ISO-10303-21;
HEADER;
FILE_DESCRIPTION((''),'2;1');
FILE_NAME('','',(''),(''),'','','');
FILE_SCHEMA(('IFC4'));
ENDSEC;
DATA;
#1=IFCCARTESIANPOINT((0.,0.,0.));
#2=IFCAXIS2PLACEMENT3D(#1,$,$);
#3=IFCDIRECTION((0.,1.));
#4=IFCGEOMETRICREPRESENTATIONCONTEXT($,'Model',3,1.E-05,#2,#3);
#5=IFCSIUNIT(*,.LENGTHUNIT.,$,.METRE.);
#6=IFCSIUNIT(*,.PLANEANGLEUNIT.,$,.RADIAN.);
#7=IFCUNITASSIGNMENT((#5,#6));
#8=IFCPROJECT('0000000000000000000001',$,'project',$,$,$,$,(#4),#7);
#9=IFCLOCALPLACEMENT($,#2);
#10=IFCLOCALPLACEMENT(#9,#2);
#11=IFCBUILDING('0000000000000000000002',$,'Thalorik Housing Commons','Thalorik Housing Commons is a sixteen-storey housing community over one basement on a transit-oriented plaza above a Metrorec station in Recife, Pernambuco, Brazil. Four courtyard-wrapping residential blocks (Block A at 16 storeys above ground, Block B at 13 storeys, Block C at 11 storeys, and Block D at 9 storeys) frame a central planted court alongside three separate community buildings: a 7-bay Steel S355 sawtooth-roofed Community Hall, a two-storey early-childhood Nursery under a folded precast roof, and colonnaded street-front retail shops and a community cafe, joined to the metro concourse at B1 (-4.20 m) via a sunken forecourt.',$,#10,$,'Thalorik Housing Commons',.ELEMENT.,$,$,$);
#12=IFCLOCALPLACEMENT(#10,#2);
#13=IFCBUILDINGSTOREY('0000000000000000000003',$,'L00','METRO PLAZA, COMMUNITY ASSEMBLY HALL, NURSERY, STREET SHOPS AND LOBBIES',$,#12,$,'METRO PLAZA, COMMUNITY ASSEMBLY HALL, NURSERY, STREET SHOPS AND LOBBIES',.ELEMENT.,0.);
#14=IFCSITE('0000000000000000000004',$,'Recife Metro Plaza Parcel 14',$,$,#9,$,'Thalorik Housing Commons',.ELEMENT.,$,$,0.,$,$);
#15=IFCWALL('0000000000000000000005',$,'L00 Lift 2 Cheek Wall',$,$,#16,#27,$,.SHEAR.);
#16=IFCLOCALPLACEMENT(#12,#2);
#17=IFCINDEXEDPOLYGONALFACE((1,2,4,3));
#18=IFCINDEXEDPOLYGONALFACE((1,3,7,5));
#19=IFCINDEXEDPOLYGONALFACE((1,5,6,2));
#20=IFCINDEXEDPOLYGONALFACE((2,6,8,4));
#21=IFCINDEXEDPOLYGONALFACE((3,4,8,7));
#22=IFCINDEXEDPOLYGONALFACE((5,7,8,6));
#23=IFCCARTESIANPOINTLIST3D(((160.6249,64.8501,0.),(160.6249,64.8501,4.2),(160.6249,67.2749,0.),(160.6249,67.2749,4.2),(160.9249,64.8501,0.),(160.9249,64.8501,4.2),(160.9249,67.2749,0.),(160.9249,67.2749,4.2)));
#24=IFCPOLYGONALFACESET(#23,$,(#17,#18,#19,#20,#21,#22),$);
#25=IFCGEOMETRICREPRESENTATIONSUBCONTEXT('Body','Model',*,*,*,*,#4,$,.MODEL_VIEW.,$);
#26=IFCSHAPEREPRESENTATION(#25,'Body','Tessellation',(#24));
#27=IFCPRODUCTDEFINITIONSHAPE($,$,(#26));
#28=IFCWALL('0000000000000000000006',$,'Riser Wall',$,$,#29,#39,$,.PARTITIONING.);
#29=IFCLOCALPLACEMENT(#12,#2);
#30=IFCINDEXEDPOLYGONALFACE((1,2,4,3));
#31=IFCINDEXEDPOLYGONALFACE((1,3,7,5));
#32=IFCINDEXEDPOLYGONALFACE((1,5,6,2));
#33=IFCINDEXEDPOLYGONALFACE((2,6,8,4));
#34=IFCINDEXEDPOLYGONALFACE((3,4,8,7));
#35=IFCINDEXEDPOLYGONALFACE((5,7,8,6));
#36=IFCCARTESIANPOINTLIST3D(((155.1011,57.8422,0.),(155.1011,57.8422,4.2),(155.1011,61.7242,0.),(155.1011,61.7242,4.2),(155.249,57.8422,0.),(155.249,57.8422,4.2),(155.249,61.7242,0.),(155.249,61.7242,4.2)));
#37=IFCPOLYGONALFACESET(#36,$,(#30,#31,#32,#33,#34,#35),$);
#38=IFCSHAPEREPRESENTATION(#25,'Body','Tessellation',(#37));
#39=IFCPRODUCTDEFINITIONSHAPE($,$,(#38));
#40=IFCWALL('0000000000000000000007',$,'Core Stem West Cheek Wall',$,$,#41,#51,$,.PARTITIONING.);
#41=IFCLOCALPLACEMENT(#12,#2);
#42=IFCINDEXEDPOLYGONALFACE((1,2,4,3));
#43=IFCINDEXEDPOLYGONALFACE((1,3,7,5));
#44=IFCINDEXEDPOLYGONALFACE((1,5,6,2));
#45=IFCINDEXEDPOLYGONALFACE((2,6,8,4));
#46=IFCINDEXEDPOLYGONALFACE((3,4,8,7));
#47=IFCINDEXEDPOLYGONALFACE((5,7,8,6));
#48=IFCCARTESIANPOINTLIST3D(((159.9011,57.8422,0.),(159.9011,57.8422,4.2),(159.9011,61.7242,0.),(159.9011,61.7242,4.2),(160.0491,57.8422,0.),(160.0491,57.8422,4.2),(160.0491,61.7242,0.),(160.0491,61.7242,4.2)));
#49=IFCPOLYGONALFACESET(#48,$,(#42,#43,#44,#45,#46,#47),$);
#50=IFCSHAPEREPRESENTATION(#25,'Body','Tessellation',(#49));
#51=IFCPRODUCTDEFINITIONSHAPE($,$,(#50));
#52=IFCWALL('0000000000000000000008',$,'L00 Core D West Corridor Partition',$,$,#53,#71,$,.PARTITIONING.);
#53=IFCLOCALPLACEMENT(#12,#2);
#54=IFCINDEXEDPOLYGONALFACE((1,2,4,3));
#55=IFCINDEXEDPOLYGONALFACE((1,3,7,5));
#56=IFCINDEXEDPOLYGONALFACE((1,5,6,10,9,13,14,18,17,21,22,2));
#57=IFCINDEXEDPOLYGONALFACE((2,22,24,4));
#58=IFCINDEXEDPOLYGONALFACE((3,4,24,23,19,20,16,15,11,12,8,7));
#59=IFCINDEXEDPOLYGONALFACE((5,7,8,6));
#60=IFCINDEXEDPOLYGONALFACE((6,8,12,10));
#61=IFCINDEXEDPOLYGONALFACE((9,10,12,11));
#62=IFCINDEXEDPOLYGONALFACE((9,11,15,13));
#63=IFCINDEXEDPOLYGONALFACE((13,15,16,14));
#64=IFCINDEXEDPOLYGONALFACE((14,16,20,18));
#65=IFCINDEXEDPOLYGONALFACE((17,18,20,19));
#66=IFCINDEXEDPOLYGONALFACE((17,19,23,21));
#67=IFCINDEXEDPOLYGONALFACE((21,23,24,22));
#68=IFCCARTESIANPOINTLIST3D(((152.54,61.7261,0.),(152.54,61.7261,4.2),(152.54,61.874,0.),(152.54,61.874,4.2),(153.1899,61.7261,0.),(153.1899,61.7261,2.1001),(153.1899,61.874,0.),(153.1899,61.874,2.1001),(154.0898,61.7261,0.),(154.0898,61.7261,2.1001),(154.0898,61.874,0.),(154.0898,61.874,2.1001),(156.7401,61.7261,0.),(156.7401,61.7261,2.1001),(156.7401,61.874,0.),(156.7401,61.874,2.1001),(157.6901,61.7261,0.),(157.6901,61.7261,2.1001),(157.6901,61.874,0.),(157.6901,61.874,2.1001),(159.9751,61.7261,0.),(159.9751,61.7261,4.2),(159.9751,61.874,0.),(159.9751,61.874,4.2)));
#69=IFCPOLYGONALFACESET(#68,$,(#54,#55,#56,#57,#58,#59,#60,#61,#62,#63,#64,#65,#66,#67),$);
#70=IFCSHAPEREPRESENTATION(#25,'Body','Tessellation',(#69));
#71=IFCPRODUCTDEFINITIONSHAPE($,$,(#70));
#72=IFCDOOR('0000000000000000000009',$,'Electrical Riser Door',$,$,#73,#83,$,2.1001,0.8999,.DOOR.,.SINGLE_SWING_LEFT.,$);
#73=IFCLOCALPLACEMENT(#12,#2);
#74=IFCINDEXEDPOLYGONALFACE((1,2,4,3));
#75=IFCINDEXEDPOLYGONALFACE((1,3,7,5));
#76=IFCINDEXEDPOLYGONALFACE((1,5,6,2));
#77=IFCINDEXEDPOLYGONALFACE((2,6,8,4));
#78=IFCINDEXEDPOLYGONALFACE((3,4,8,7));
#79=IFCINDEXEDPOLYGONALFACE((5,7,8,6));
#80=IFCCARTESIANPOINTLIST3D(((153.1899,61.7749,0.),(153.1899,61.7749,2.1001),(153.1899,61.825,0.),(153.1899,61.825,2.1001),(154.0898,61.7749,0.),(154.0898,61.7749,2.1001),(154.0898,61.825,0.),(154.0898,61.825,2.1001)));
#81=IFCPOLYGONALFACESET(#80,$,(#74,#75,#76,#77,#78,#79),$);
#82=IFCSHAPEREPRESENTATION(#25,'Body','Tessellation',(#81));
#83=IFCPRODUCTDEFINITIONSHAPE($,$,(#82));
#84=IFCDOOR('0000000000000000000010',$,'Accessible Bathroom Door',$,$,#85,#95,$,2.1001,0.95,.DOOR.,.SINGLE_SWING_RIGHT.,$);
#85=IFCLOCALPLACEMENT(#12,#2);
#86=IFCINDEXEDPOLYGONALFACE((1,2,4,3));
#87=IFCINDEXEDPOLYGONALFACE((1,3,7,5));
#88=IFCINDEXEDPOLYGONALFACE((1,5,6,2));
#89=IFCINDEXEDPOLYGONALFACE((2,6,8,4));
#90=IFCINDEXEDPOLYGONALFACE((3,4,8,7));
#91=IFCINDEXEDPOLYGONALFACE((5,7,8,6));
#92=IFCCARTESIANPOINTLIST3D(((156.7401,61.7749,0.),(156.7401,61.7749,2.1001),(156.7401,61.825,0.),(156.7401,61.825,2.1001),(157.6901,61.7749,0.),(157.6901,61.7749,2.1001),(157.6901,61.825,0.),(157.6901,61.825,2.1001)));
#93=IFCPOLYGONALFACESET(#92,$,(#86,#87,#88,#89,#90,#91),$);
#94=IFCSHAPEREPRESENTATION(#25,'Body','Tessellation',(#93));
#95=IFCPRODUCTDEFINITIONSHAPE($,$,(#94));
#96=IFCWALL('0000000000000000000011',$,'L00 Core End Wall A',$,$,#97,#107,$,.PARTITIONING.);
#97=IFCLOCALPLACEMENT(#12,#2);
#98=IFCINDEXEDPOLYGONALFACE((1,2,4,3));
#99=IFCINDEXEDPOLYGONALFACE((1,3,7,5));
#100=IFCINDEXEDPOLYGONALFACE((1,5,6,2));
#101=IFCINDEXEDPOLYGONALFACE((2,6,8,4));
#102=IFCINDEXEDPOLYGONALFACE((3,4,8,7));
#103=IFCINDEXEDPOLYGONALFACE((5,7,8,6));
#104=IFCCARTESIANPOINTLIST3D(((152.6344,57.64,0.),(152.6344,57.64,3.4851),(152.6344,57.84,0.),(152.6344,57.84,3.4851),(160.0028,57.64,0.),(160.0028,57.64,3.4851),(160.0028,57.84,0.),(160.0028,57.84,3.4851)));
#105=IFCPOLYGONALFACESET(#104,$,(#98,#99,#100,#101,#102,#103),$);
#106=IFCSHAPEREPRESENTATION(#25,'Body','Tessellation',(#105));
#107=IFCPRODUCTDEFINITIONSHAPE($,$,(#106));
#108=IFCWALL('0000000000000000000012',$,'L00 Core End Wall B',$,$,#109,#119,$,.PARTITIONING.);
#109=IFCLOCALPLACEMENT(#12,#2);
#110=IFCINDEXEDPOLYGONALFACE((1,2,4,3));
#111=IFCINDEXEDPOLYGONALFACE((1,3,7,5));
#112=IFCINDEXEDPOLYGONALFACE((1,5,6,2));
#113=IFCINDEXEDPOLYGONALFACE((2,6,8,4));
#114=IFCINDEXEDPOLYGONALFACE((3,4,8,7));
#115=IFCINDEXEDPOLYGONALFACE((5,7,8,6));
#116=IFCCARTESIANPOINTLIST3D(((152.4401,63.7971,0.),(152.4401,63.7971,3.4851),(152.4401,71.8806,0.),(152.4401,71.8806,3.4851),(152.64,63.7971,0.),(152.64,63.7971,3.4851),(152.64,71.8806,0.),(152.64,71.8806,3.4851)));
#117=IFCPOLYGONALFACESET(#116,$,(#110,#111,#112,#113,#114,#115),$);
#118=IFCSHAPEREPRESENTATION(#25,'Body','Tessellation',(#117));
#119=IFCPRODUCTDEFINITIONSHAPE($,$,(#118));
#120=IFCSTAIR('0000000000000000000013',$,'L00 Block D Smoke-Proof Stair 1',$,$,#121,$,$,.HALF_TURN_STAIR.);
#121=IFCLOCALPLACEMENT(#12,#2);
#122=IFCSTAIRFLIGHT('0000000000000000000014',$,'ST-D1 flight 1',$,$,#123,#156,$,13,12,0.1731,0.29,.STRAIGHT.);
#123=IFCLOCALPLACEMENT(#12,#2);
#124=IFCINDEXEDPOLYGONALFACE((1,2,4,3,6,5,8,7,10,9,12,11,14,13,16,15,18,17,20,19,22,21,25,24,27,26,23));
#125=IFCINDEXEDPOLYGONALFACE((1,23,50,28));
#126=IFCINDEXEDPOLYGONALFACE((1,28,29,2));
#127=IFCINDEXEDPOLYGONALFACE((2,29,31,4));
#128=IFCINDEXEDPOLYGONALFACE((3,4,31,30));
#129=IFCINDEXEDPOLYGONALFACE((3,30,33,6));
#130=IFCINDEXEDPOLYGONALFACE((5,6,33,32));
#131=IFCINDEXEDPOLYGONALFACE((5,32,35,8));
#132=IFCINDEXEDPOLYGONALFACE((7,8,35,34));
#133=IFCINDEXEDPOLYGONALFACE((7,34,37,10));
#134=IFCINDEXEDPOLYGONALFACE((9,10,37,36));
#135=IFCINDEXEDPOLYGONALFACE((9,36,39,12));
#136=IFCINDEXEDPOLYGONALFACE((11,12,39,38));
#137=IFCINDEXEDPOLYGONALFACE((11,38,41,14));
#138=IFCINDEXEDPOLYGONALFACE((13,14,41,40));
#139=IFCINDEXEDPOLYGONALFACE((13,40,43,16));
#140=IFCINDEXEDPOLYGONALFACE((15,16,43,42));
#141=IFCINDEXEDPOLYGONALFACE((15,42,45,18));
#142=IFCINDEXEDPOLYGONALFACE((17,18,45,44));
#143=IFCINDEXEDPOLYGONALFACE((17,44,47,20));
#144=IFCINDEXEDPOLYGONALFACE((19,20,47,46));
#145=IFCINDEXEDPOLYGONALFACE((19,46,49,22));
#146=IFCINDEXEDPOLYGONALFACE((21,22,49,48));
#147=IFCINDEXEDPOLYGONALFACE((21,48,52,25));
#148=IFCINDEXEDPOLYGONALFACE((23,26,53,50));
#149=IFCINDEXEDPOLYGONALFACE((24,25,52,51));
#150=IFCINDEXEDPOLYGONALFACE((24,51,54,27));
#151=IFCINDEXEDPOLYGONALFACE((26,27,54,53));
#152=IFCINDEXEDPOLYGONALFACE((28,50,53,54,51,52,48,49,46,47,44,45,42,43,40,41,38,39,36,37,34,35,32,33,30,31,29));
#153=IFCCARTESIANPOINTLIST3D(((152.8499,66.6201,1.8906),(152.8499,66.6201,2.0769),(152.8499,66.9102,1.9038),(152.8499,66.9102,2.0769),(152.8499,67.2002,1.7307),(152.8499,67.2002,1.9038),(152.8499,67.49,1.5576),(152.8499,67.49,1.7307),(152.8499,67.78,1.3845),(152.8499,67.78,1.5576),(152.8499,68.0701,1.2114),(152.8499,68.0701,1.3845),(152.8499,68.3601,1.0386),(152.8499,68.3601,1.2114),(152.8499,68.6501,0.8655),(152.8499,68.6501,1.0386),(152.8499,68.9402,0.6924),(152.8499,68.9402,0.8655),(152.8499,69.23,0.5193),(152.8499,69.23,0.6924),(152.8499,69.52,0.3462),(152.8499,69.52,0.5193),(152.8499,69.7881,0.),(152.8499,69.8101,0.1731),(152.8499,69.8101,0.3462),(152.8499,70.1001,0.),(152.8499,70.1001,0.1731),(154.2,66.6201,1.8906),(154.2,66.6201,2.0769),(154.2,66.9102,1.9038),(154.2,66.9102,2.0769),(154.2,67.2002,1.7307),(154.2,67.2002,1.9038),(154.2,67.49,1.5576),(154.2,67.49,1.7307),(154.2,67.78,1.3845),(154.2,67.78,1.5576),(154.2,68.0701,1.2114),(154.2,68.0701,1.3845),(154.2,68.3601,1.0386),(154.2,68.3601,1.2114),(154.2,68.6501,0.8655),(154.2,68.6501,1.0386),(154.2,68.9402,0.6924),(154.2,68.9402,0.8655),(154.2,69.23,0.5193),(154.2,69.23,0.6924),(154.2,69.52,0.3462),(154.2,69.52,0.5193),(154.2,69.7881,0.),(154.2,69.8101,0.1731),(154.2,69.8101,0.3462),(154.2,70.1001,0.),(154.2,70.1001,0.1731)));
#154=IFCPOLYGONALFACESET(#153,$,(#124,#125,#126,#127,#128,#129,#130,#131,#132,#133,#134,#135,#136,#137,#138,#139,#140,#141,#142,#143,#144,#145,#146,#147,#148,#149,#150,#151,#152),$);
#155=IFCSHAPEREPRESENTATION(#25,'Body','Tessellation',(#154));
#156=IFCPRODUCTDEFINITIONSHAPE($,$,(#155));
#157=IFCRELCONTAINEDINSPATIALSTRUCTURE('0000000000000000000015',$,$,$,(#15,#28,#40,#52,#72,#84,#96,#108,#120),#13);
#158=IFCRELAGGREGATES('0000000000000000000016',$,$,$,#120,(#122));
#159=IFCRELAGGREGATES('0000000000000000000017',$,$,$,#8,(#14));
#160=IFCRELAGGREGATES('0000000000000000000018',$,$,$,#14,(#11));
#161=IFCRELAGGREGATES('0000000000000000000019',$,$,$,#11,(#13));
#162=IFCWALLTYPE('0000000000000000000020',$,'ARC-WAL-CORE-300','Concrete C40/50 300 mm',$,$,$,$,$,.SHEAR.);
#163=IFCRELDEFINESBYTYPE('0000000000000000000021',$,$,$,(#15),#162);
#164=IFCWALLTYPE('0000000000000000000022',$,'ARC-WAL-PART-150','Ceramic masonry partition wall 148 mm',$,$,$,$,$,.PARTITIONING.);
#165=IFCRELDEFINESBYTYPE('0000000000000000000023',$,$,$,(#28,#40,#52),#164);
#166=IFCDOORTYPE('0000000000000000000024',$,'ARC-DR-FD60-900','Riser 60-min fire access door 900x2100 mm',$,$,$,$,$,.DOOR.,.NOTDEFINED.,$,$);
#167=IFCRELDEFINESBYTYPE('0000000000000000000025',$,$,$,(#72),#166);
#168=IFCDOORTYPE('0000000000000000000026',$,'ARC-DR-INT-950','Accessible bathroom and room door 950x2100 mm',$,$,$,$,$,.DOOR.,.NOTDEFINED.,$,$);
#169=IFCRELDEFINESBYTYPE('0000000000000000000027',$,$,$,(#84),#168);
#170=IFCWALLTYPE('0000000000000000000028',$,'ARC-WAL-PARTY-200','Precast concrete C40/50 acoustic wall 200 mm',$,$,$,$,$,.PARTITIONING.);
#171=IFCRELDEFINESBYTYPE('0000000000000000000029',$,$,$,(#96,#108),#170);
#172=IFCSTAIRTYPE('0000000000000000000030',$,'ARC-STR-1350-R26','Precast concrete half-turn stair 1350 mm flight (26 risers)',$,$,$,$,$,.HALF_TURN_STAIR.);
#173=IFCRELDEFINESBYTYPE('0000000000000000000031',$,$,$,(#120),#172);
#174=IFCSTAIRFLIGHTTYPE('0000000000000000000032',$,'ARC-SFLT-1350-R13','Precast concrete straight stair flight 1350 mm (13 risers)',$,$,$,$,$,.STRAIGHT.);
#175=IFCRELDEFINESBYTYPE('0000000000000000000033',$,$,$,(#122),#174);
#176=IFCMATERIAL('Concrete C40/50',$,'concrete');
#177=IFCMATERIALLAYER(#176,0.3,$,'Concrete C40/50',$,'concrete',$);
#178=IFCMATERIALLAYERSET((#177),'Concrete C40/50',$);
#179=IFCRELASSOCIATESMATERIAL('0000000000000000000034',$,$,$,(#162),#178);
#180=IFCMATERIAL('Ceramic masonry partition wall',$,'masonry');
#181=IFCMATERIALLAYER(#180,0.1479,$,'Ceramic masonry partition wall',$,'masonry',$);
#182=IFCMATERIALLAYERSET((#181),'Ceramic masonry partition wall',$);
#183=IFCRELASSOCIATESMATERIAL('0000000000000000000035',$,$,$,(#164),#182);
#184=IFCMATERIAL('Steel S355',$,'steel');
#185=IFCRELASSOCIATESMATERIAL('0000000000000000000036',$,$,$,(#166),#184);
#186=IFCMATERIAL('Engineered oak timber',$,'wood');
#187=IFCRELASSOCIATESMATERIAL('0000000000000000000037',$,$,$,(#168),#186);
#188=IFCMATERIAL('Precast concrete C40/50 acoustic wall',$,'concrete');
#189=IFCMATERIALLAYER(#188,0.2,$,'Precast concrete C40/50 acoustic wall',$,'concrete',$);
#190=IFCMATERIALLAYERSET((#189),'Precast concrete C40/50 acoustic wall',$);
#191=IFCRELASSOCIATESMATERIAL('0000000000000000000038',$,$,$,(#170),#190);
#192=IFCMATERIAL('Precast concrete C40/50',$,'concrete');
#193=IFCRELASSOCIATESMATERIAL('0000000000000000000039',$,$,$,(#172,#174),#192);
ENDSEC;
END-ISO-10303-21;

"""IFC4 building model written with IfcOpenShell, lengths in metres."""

from ifc_helpers import new_model, si_unit, direction, frame, frame_2d, origin, place, context, subcontext, project, spatial, polyline, rectangle, outline, extrude, material, layer, layer_set, type_object, element, fill, aggregate, save


model = new_model("IFC4")

# Units and contexts
model_context = context("Model", 3, precision=1e-05, world=origin(), true_north=direction((0.0, 1.0)))
body_context = subcontext(model_context, "Body", "Model", "MODEL_VIEW")
ifc_project = project(units=[si_unit("LENGTHUNIT", "METRE"), si_unit("PLANEANGLEUNIT", "RADIAN")], contexts=[model_context])

# Site, building, storey
site_placement = place(None, origin())
site = spatial("IfcSite", under=ifc_project, at=site_placement, Name="Recife Metro Plaza Parcel 14", LongName="Thalorik Housing Commons", CompositionType="ELEMENT", RefElevation=0.0)
building_placement = place(site_placement, origin())
building = spatial("IfcBuilding", under=site, at=building_placement, Name="Thalorik Housing Commons", Description="Thalorik Housing Commons is a sixteen-storey housing community over one basement on a transit-oriented plaza above a Metrorec station in Recife, Pernambuco, Brazil. Four courtyard-wrapping residential blocks (Block A at 16 storeys above ground, Block B at 13 storeys, Block C at 11 storeys, and Block D at 9 storeys) frame a central planted court alongside three separate community buildings: a 7-bay Steel S355 sawtooth-roofed Community Hall, a two-storey early-childhood Nursery under a folded precast roof, and colonnaded street-front retail shops and a community cafe, joined to the metro concourse at B1 (-4.20 m) via a sunken forecourt.", LongName="Thalorik Housing Commons", CompositionType="ELEMENT")
storey_placement = place(building_placement, origin())
storey = spatial("IfcBuildingStorey", under=building, at=storey_placement, Name="L00", Description="METRO PLAZA, COMMUNITY ASSEMBLY HALL, NURSERY, STREET SHOPS AND LOBBIES", LongName="METRO PLAZA, COMMUNITY ASSEMBLY HALL, NURSERY, STREET SHOPS AND LOBBIES", CompositionType="ELEMENT", Elevation=0.0)

# Shared definitions
ifc_material_1 = material(Name="Precast concrete C40/50", Category="concrete")

# Shared definitions
ifc_material_2 = material(Name="Concrete C40/50", Category="concrete")
ifc_material_3 = material(Name="Steel S355", Category="steel")

# Walls
ifc_layer_1 = layer(ifc_material_2, 0.3, Name="Concrete C40/50", Category="concrete")
ifc_layer_set_1 = layer_set([ifc_layer_1], Name="Concrete C40/50")
wall_type_1 = type_object("IfcWallType", Name="ARC-WAL-CORE-300", Description="Concrete C40/50 300 mm", PredefinedType="SHEAR", material=ifc_layer_set_1)
for number, where, z_axis, x_axis, name in (
    (1, (160.7749, 67.2749, 0.0), (0.0, 0.0, 1.0), (0.0, -1.0, 0.0), "L00 Lift 2 Cheek Wall"),
):
    element("IfcWall", number, at=place(storey_placement, frame(where, z_axis=z_axis, x_axis=x_axis)), inside=storey, type_object=wall_type_1, Name=name, PredefinedType="SHEAR", context=body_context, shape_type="SweptSolid", body=[
        extrude(rectangle(XDim=2.4248, YDim=0.3, at=frame_2d((1.2124, 0.0))), origin(), (0.0, 0.0, 1.0), 4.2),
    ])
ifc_material_4 = material(Name="Ceramic masonry partition wall", Category="masonry")
ifc_layer_2 = layer(ifc_material_4, 0.1479, Name="Ceramic masonry partition wall", Category="masonry")
ifc_layer_set_2 = layer_set([ifc_layer_2], Name="Ceramic masonry partition wall")
wall_type_2 = type_object("IfcWallType", Name="ARC-WAL-PART-150", Description="Ceramic masonry partition wall 148 mm", PredefinedType="PARTITIONING", material=ifc_layer_set_2)
for number, where, z_axis, x_axis, name in (
    (2, (155.175, 61.7241, 0.0), (0.0, 0.0, 1.0), (0.0, -1.0, 0.0), "Riser Wall"),
    (3, (159.9751, 61.7241, 0.0), (0.0, 0.0, 1.0), (0.0, -1.0, 0.0), "Core Stem West Cheek Wall"),
):
    element("IfcWall", number, at=place(storey_placement, frame(where, z_axis=z_axis, x_axis=x_axis)), inside=storey, type_object=wall_type_2, Name=name, PredefinedType="PARTITIONING", context=body_context, shape_type="SweptSolid", body=[
        extrude(rectangle(XDim=3.8821, YDim=0.1479, at=frame_2d((1.9409, 0.0))), origin(), (0.0, 0.0, 1.0), 4.2),
    ])

# Wall, openings, doors
wall_1_placement = place(storey_placement, frame((152.54, 61.8, 0.0), z_axis=(0.0, 0.0, 1.0), x_axis=(1.0, 0.0, 0.0)))
wall_1 = element("IfcWall", 4, at=wall_1_placement, inside=storey, type_object=wall_type_2, Name="L00 Core D West Corridor Partition", PredefinedType="PARTITIONING", context=body_context, shape_type="SweptSolid", body=[
    extrude(rectangle(XDim=7.4351, YDim=0.1479, at=frame_2d((3.7175, 0.0))), origin(), (0.0, 0.0, 1.0), 4.2),
])
opening_1_placement = place(wall_1_placement, frame((0.6499, 0.0, 0.0)))
opening_1 = element("IfcOpeningElement", 5, at=opening_1_placement, cuts=wall_1, PredefinedType="OPENING", context=body_context, shape_type="SweptSolid", body=[
    extrude(rectangle(XDim=0.8999, YDim=2.1001, at=frame_2d((0.45, 1.05))), frame((0.0, 0.084, 0.0), z_axis=(0.0, -1.0, 0.0), x_axis=(1.0, 0.0, 0.0)), (0.0, 0.0, 1.0), 0.168),
])
opening_2_placement = place(wall_1_placement, frame((4.2, 0.0, 0.0)))
opening_2 = element("IfcOpeningElement", 6, at=opening_2_placement, cuts=wall_1, PredefinedType="OPENING", context=body_context, shape_type="SweptSolid", body=[
    extrude(rectangle(XDim=0.95, YDim=2.1001, at=frame_2d((0.4751, 1.05))), frame((0.0, 0.084, 0.0), z_axis=(0.0, -1.0, 0.0), x_axis=(1.0, 0.0, 0.0)), (0.0, 0.0, 1.0), 0.168),
])
door_type_1 = type_object("IfcDoorType", Name="ARC-DR-FD60-900", Description="Riser 60-min fire access door 900x2100 mm", OperationType="NOTDEFINED", PredefinedType="DOOR", material=ifc_material_3)
door_1_placement = place(opening_1_placement, origin())
door_1 = element("IfcDoor", 7, at=door_1_placement, inside=storey, type_object=door_type_1, Name="Electrical Riser Door", OperationType="SINGLE_SWING_LEFT", OverallHeight=2.1001, OverallWidth=0.8999, PredefinedType="DOOR", context=body_context, shape_type="SweptSolid", body=[
    extrude(rectangle(XDim=0.8999, YDim=2.1001, at=frame_2d((0.45, 1.05))), frame((0.0, 0.0249, 0.0), z_axis=(0.0, -1.0, 0.0), x_axis=(1.0, 0.0, 0.0)), (0.0, 0.0, 1.0), 0.05),
])
fill(opening_1, door_1)
ifc_material_5 = material(Name="Engineered oak timber", Category="wood")
door_type_2 = type_object("IfcDoorType", Name="ARC-DR-INT-950", Description="Accessible bathroom and room door 950x2100 mm", OperationType="NOTDEFINED", PredefinedType="DOOR", material=ifc_material_5)
door_2_placement = place(opening_2_placement, origin())
door_2 = element("IfcDoor", 8, at=door_2_placement, inside=storey, type_object=door_type_2, Name="Accessible Bathroom Door", OperationType="SINGLE_SWING_RIGHT", OverallHeight=2.1001, OverallWidth=0.95, PredefinedType="DOOR", context=body_context, shape_type="SweptSolid", body=[
    extrude(rectangle(XDim=0.95, YDim=2.1001, at=frame_2d((0.4751, 1.05))), frame((0.0, 0.0249, 0.0), z_axis=(0.0, -1.0, 0.0), x_axis=(1.0, 0.0, 0.0)), (0.0, 0.0, 1.0), 0.05),
])
fill(opening_2, door_2)

# Walls
ifc_material_6 = material(Name="Precast concrete C40/50 acoustic wall", Category="concrete")
ifc_layer_3 = layer(ifc_material_6, 0.2, Name="Precast concrete C40/50 acoustic wall", Category="concrete")
ifc_layer_set_3 = layer_set([ifc_layer_3], Name="Precast concrete C40/50 acoustic wall")
wall_type_3 = type_object("IfcWallType", Name="ARC-WAL-PARTY-200", Description="Precast concrete C40/50 acoustic wall 200 mm", PredefinedType="PARTITIONING", material=ifc_layer_set_3)
wall_2_placement = place(storey_placement, frame((152.6345, 57.74, 0.0), z_axis=(0.0, 0.0, 1.0), x_axis=(1.0, 0.0, 0.0)))
element("IfcWall", 9, at=wall_2_placement, inside=storey, type_object=wall_type_3, Name="L00 Core End Wall A", PredefinedType="PARTITIONING", context=body_context, shape_type="SweptSolid", body=[
    extrude(rectangle(XDim=7.3684, YDim=0.2, at=frame_2d((3.6841, 0.0))), origin(), (0.0, 0.0, 1.0), 3.4851),
])
wall_3_placement = place(storey_placement, frame((152.54, 63.7971, 0.0), z_axis=(0.0, 0.0, 1.0), x_axis=(0.0, 1.0, 0.0)))
element("IfcWall", 10, at=wall_3_placement, inside=storey, type_object=wall_type_3, Name="L00 Core End Wall B", PredefinedType="PARTITIONING", context=body_context, shape_type="SweptSolid", body=[
    extrude(rectangle(XDim=8.0835, YDim=0.2, at=frame_2d((4.0417, 0.0))), origin(), (0.0, 0.0, 1.0), 3.4851),
])

# Stair, stair flight
stair_type = type_object("IfcStairType", Name="ARC-STR-1350-R26", Description="Precast concrete half-turn stair 1350 mm flight (26 risers)", PredefinedType="HALF_TURN_STAIR", material=ifc_material_1)
stair_placement = place(storey_placement, origin())
stair = element("IfcStair", 11, at=stair_placement, inside=storey, type_object=stair_type, Name="L00 Block D Smoke-Proof Stair 1", PredefinedType="HALF_TURN_STAIR")
stair_flight_type = type_object("IfcStairFlightType", Name="ARC-SFLT-1350-R13", Description="Precast concrete straight stair flight 1350 mm (13 risers)", PredefinedType="STRAIGHT", material=ifc_material_1)
stair_flight_1_placement = place(storey_placement, frame((153.5249, 70.1001, 0.0), z_axis=(0.0, 0.0, 1.0), x_axis=(0.0, -1.0, 0.0)))
stair_flight_1 = element("IfcStairFlight", 12, at=stair_flight_1_placement, type_object=stair_flight_type, Name="ST-D1 flight 1", NumberOfRisers=13, NumberOfTreads=12, PredefinedType="STRAIGHT", RiserHeight=0.1731, TreadLength=0.29, context=body_context, shape_type="SweptSolid", body=[
    extrude(outline(polyline([(0.0, 0.0), (0.0, 0.1731), (0.29, 0.1731), (0.29, 0.3462), (0.5801, 0.3462), (0.5801, 0.5193), (0.8701, 0.5193), (0.8701, 0.6924), (1.1599, 0.6924), (1.1599, 0.8655), (1.45, 0.8655), (1.45, 1.0386), (1.74, 1.0386), (1.74, 1.2114), (2.03, 1.2114), (2.03, 1.3845), (2.3201, 1.3845), (2.3201, 1.5576), (2.6101, 1.5576), (2.6101, 1.7307), (2.8999, 1.7307), (2.8999, 1.9038), (3.1899, 1.9038), (3.1899, 2.0769), (3.48, 2.0769), (3.48, 2.25), (3.48, 1.8906), (0.312, 0.0), (0.0, 0.0)])), frame((0.0, 0.675, 0.0), z_axis=(0.0, -1.0, 0.0), x_axis=(1.0, 0.0, 0.0)), (0.0, 0.0, 1.0), 1.3501),
])
aggregate(stair, [stair_flight_1])

save(model, "model.ifc")
